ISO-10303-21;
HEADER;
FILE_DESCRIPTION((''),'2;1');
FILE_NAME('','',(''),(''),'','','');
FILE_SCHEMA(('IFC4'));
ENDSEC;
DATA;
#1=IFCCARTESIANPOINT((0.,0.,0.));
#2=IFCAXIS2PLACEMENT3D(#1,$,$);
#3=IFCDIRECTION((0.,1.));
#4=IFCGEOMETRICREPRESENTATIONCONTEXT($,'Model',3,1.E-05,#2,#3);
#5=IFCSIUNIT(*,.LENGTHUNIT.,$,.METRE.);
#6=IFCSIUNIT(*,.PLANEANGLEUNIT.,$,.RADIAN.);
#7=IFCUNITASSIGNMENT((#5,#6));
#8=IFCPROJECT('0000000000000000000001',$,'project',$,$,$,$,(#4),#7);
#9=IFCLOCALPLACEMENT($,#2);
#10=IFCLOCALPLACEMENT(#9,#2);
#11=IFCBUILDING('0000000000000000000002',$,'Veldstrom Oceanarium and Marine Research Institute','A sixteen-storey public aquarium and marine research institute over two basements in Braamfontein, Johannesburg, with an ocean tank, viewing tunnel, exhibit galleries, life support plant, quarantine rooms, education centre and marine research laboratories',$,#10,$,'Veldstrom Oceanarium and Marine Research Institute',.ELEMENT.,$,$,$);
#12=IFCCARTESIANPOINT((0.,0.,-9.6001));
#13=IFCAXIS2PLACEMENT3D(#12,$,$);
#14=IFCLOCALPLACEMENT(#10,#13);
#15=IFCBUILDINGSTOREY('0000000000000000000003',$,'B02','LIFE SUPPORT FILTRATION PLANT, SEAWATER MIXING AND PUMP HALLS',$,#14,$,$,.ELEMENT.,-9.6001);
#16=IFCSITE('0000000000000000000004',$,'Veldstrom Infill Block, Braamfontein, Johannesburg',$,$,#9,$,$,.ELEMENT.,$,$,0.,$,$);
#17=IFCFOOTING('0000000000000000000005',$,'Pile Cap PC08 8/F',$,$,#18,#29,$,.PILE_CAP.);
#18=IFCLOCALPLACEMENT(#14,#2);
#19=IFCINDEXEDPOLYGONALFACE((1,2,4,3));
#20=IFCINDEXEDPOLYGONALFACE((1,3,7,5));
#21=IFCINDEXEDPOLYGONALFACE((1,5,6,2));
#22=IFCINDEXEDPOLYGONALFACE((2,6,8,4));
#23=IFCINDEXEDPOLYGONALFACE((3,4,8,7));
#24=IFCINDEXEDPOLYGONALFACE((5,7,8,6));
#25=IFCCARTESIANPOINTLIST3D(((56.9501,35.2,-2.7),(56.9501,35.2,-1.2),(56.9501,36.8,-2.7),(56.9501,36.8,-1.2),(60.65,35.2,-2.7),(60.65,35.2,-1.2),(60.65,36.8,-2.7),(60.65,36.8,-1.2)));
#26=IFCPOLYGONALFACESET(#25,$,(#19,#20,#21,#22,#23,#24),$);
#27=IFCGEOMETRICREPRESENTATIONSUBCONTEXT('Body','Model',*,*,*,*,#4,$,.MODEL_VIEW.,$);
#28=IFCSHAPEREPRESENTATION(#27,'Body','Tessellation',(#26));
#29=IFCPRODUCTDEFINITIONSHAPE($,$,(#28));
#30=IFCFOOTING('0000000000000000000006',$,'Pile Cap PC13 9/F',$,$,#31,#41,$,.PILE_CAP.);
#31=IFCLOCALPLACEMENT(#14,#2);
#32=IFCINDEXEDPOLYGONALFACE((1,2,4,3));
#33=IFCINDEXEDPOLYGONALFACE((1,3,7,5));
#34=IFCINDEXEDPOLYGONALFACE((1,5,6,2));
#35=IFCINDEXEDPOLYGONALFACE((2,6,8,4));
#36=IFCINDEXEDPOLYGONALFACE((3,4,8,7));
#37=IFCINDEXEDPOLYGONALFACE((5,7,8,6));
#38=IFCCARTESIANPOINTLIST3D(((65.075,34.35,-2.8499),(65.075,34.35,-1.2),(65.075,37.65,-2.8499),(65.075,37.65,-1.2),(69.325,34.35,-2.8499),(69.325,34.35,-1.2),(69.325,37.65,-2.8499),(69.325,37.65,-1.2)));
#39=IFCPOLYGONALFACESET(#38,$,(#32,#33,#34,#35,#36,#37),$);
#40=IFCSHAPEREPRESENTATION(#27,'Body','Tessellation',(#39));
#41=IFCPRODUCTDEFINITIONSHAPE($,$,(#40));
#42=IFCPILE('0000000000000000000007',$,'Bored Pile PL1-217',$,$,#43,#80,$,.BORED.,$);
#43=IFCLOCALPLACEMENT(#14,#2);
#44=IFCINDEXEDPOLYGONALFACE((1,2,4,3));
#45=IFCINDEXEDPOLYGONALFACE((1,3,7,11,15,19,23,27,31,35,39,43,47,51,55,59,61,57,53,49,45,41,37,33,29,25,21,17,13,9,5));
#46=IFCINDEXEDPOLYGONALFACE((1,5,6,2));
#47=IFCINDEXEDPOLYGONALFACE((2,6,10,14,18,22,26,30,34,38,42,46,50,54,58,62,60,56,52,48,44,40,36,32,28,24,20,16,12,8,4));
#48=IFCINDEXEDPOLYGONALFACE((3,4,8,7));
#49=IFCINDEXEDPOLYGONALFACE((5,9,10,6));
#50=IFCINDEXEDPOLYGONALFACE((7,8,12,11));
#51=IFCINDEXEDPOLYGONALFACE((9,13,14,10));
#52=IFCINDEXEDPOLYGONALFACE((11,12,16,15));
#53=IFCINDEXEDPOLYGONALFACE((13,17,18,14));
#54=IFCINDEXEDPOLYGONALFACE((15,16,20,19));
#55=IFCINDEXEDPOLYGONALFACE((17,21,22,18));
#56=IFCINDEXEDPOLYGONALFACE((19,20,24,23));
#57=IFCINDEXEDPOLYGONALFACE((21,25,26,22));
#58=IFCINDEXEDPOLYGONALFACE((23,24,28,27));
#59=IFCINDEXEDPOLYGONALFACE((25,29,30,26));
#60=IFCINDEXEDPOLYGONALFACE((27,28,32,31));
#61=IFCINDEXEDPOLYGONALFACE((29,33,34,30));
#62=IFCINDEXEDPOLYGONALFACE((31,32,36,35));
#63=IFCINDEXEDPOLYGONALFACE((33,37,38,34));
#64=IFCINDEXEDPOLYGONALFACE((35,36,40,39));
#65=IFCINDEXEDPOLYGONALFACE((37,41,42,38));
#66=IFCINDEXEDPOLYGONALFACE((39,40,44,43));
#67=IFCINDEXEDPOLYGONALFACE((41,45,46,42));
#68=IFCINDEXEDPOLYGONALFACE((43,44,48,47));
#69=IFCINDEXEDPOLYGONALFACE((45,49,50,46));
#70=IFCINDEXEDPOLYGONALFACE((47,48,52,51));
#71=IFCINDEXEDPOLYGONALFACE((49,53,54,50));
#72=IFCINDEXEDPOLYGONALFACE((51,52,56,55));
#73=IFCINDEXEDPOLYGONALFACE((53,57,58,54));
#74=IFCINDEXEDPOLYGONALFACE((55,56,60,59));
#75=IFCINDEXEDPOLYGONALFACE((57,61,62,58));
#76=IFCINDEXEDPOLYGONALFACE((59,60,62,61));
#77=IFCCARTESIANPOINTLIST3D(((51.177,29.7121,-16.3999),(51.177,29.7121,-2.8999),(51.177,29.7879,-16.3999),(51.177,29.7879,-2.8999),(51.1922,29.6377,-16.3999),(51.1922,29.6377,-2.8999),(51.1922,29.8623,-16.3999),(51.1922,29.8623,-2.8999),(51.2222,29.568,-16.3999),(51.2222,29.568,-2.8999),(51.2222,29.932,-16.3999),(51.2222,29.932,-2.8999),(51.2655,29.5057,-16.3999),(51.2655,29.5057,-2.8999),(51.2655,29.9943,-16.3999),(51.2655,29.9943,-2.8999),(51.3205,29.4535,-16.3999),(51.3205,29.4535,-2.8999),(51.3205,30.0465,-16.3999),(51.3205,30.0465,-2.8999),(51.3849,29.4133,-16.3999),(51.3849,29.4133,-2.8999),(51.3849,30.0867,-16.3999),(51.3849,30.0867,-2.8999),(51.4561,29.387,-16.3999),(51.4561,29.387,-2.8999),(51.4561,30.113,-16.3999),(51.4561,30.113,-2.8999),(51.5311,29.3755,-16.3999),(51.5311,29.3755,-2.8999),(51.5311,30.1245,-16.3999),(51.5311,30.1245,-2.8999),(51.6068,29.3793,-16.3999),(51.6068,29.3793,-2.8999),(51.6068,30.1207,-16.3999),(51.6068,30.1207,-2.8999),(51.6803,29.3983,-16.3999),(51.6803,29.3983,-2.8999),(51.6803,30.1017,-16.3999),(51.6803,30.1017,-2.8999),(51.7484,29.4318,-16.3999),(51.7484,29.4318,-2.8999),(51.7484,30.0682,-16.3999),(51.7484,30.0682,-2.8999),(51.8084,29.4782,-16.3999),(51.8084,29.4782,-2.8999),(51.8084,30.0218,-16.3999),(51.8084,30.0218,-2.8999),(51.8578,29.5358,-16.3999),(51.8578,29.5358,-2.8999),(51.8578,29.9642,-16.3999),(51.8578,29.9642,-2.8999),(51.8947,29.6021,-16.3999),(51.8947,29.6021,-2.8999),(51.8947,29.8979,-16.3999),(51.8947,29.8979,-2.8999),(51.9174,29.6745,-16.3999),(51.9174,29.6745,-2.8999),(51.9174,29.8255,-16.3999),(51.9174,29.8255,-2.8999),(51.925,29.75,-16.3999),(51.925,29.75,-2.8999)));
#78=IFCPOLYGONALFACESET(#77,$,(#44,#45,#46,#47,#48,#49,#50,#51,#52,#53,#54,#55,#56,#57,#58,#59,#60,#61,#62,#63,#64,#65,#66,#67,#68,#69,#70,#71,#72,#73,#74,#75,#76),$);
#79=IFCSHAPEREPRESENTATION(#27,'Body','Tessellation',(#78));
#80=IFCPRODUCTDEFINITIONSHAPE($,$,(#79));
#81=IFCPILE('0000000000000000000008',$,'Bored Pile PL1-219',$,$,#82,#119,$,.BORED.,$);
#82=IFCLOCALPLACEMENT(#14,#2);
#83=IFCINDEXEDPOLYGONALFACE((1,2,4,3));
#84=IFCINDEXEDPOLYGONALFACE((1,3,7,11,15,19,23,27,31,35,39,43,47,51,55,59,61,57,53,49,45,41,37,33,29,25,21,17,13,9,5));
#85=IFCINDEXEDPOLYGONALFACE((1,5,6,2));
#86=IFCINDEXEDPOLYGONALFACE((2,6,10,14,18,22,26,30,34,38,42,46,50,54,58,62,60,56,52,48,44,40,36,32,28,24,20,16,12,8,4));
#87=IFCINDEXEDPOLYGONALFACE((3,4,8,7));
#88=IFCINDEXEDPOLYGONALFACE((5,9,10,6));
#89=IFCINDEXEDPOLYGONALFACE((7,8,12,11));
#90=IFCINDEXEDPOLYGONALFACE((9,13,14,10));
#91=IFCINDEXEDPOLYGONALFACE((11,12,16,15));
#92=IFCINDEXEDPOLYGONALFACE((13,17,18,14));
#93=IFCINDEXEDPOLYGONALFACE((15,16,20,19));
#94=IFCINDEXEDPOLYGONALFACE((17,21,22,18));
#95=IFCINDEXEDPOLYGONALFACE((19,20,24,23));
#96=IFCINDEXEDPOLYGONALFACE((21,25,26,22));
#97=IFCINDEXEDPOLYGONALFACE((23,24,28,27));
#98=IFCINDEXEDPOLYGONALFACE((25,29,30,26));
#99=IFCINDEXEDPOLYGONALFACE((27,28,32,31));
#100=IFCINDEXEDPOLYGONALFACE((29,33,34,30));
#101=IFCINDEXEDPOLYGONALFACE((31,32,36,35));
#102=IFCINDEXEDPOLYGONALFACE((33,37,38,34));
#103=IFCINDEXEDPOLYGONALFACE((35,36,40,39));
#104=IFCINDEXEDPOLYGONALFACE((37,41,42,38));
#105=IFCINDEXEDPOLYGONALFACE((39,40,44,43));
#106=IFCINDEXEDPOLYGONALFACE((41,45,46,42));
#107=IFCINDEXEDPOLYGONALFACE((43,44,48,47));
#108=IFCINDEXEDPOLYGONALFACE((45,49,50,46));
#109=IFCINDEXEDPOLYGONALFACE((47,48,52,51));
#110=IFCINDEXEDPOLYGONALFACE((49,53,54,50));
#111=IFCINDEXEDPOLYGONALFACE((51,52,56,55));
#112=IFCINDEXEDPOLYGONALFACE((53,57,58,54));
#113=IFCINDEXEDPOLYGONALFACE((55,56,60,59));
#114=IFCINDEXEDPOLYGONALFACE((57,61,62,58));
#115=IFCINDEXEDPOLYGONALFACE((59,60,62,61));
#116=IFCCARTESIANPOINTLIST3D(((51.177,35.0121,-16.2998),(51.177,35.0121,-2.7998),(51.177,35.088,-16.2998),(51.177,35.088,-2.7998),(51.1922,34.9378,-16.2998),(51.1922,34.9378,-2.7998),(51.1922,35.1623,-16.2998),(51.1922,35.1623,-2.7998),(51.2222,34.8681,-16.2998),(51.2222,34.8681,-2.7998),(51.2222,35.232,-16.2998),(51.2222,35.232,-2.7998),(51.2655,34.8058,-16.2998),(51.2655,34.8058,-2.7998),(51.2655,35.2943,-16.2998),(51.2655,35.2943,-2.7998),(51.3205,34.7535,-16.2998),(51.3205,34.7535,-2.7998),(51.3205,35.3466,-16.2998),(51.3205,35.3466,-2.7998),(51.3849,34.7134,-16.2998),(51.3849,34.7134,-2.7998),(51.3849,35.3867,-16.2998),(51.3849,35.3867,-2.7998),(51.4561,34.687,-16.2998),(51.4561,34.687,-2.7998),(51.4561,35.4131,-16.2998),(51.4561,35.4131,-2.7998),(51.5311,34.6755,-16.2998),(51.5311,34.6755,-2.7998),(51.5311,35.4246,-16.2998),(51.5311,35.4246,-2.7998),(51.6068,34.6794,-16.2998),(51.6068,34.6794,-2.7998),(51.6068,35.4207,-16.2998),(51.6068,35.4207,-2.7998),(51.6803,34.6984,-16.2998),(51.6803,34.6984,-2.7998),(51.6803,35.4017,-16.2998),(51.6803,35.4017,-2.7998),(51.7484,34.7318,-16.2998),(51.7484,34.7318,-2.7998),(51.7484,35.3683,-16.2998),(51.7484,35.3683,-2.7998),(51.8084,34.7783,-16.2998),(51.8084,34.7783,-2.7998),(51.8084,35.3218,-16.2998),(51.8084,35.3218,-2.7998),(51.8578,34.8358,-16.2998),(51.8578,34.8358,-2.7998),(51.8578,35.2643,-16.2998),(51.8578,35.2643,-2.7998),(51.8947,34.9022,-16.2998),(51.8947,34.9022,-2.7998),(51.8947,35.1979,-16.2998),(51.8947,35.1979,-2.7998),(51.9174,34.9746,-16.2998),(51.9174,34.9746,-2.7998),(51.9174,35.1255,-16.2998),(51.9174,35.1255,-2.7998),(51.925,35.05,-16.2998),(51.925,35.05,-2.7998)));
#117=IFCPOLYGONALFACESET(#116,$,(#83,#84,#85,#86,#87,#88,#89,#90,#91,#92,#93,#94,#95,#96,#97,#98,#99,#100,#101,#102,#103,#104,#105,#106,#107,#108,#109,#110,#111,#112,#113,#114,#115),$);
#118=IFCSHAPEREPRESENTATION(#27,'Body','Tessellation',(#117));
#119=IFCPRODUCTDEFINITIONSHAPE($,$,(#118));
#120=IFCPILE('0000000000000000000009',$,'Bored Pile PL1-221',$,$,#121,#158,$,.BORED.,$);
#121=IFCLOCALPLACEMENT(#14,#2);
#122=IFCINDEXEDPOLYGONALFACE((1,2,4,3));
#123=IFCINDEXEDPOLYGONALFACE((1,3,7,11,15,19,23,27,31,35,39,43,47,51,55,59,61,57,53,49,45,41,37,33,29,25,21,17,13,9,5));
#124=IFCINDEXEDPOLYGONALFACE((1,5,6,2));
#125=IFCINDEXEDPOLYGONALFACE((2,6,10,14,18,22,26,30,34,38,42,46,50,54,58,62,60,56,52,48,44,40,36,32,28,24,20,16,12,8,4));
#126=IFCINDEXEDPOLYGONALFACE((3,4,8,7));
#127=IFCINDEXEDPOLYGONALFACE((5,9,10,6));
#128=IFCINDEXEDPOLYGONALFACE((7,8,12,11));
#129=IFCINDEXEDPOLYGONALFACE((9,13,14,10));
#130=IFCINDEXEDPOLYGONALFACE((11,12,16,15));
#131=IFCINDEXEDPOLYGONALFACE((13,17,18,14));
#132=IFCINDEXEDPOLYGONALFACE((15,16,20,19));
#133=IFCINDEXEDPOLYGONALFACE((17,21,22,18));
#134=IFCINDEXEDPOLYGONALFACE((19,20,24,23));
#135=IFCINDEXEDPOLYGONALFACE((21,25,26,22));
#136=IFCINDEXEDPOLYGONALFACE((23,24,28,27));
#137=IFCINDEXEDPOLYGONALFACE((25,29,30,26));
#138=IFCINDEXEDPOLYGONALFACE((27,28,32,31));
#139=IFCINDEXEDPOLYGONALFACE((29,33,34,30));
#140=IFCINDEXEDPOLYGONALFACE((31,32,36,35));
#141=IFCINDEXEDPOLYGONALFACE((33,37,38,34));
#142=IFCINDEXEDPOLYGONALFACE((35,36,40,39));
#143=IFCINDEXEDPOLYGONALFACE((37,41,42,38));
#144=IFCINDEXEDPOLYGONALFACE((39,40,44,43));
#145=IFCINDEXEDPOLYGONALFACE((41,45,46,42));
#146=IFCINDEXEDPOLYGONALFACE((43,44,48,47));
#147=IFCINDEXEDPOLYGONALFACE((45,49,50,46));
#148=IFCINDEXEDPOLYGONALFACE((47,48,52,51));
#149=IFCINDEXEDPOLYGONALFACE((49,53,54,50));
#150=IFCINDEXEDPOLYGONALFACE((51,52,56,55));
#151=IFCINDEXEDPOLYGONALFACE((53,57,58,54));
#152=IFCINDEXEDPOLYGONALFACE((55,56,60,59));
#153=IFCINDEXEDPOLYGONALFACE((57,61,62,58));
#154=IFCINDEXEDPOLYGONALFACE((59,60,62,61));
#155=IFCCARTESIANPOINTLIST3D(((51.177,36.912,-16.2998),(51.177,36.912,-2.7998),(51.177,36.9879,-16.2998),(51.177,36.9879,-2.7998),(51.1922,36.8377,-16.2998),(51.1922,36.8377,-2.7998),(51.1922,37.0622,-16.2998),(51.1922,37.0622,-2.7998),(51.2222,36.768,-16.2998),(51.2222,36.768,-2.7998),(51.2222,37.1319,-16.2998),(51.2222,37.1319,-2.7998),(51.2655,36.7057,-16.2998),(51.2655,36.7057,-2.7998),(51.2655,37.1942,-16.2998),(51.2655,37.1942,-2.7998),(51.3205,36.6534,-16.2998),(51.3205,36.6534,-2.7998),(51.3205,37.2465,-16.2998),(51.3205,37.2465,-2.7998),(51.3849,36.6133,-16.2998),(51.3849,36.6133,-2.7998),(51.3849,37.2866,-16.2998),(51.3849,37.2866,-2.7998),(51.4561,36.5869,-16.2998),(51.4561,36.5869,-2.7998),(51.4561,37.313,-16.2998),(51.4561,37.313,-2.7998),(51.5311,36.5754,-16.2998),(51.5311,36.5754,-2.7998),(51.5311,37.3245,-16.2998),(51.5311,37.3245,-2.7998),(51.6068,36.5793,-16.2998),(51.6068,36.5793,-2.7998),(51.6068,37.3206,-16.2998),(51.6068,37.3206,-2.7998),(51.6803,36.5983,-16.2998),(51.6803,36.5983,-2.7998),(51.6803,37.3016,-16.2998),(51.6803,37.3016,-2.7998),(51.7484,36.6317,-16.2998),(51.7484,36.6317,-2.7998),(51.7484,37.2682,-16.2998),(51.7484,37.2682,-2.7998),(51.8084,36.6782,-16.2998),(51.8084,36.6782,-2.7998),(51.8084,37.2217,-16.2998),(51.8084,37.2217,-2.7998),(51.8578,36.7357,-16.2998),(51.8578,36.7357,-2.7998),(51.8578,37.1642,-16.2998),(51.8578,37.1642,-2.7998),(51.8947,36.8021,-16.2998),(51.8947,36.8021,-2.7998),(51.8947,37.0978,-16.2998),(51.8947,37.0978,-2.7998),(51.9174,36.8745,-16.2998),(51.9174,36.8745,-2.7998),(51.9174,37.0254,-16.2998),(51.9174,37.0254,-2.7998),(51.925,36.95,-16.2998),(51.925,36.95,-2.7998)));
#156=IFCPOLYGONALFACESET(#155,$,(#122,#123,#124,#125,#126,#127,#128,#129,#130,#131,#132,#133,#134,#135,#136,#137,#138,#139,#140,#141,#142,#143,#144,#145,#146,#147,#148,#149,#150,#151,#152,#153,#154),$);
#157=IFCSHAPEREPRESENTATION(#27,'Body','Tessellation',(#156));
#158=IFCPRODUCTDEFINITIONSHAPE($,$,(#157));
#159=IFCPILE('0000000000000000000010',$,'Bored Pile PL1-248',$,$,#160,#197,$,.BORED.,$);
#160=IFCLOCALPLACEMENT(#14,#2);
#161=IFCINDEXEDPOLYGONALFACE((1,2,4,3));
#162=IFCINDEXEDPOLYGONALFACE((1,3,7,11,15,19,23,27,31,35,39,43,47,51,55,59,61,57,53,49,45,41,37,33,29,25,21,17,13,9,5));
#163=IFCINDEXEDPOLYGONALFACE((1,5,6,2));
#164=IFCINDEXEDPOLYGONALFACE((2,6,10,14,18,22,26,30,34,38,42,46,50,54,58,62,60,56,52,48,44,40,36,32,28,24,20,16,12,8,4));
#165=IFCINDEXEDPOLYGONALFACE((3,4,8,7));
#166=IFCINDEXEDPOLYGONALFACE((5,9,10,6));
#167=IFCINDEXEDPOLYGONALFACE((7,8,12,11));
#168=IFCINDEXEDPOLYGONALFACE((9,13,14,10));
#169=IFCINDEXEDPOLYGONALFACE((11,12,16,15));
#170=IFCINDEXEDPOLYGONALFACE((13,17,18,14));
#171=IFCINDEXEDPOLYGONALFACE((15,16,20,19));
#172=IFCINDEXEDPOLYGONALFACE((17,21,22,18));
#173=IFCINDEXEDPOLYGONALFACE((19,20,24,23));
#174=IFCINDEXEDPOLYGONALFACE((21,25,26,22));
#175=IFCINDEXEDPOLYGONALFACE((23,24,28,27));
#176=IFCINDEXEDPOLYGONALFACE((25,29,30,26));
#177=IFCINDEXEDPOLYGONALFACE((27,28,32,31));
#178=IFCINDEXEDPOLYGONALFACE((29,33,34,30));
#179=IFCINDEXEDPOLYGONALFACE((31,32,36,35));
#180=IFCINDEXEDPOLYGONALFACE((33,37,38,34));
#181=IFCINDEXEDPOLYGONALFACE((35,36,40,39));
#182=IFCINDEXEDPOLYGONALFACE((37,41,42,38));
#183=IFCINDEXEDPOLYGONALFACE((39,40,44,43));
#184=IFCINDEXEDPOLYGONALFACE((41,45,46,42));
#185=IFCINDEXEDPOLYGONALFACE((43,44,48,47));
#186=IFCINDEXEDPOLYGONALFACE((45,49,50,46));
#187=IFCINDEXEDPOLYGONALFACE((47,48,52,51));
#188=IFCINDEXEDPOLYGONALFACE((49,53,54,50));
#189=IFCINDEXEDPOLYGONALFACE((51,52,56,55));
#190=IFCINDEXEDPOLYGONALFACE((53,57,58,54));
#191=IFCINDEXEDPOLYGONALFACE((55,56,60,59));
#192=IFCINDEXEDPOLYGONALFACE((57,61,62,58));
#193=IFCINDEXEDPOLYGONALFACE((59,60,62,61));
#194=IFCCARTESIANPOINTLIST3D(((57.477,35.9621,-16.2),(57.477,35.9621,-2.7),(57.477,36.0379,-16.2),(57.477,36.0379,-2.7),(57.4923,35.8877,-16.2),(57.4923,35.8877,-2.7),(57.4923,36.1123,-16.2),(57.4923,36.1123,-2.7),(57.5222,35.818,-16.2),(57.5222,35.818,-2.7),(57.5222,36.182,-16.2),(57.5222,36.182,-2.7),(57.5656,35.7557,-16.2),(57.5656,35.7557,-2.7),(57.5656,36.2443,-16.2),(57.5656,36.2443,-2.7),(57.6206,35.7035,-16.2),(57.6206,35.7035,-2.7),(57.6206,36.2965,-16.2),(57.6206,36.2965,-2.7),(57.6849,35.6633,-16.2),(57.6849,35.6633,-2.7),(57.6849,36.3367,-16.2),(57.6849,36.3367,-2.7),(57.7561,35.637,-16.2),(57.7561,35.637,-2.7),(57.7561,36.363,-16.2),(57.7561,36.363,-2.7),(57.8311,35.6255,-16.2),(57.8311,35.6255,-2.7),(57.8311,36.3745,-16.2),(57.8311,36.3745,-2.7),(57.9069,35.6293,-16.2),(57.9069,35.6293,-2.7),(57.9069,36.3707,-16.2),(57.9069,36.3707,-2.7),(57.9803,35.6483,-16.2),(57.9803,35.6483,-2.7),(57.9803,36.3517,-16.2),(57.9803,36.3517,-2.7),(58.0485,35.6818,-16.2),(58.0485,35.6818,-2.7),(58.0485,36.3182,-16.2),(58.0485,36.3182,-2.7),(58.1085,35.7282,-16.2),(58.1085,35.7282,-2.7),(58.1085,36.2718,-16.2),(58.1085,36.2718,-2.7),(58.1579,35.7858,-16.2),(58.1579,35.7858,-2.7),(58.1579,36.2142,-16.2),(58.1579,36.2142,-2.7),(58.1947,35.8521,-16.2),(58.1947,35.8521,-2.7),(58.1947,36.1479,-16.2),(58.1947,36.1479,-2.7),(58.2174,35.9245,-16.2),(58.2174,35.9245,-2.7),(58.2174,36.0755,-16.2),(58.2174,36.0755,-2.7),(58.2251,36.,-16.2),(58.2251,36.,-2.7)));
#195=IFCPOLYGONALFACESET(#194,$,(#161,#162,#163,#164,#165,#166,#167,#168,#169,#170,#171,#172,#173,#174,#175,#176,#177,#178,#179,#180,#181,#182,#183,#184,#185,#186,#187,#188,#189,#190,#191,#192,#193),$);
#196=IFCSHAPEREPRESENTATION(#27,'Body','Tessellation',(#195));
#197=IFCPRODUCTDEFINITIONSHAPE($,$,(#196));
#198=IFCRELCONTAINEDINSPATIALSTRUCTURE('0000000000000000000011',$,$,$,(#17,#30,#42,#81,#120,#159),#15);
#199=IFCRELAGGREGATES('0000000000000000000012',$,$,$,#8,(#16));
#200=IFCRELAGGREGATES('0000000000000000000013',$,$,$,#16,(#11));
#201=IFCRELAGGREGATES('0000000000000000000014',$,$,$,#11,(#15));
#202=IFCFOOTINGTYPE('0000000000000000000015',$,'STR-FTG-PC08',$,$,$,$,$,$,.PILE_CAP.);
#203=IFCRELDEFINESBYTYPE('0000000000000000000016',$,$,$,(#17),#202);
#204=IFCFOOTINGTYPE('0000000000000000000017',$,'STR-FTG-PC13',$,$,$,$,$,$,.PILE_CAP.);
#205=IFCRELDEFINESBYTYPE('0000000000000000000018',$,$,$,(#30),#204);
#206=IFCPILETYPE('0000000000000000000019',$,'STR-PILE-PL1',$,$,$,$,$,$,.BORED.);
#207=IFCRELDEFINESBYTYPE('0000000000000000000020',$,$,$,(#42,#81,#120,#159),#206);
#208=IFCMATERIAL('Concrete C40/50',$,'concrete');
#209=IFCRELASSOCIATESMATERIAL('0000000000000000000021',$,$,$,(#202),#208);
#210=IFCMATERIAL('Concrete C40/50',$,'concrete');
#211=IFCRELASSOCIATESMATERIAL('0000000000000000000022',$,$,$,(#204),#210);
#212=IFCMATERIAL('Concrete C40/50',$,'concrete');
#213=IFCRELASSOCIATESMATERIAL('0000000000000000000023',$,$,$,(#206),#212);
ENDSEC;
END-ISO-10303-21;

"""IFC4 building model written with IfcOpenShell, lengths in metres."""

from ifc_helpers import new_model, si_unit, direction, frame, origin, origin_2d, place, context, subcontext, project, spatial, rectangle, circle, extrude, material, material_profile, profile_set, type_object, element, save


model = new_model("IFC4")

# Units and contexts
model_context = context("Model", 3, precision=1e-05, world=origin(), true_north=direction((0.0, 1.0)))
body_context = subcontext(model_context, "Body", "Model", "MODEL_VIEW")
ifc_project = project(units=[si_unit("LENGTHUNIT", "METRE"), si_unit("PLANEANGLEUNIT", "RADIAN")], contexts=[model_context])

# Site, building, storey
site_placement = place(None, origin())
site = spatial("IfcSite", under=ifc_project, at=site_placement, Name="Veldstrom Infill Block, Braamfontein, Johannesburg", CompositionType="ELEMENT", RefElevation=0.0)
building_placement = place(site_placement, origin())
building = spatial("IfcBuilding", under=site, at=building_placement, Name="Veldstrom Oceanarium and Marine Research Institute", Description="A sixteen-storey public aquarium and marine research institute over two basements in Braamfontein, Johannesburg, with an ocean tank, viewing tunnel, exhibit galleries, life support plant, quarantine rooms, education centre and marine research laboratories", LongName="Veldstrom Oceanarium and Marine Research Institute", CompositionType="ELEMENT")
storey_placement = place(building_placement, frame((0.0, 0.0, -9.6001)))
storey = spatial("IfcBuildingStorey", under=building, at=storey_placement, Name="B02", Description="LIFE SUPPORT FILTRATION PLANT, SEAWATER MIXING AND PUMP HALLS", CompositionType="ELEMENT", Elevation=-9.6001)

# Footings
ifc_material_1 = material(Name="Concrete C40/50", Category="concrete")
footing_type_1 = type_object("IfcFootingType", Name="STR-FTG-PC08", PredefinedType="PILE_CAP", material=ifc_material_1)
footing_1_placement = place(storey_placement, frame((58.8, 36.0, -2.7), z_axis=(0.0, 0.0, 1.0), x_axis=(1.0, 0.0, 0.0)))
element("IfcFooting", 1, at=footing_1_placement, inside=storey, type_object=footing_type_1, Name="Pile Cap PC08 8/F", PredefinedType="PILE_CAP", context=body_context, shape_type="SweptSolid", body=[
    extrude(rectangle(XDim=3.7, YDim=1.6001, at=origin_2d()), origin(), (0.0, 0.0, 1.0), 1.5),
])
ifc_material_2 = material(Name="Concrete C40/50", Category="concrete")
footing_type_2 = type_object("IfcFootingType", Name="STR-FTG-PC13", PredefinedType="PILE_CAP", material=ifc_material_2)
footing_2_placement = place(storey_placement, frame((67.2, 36.0, -2.8499), z_axis=(0.0, 0.0, 1.0), x_axis=(1.0, 0.0, 0.0)))
element("IfcFooting", 2, at=footing_2_placement, inside=storey, type_object=footing_type_2, Name="Pile Cap PC13 9/F", PredefinedType="PILE_CAP", context=body_context, shape_type="SweptSolid", body=[
    extrude(rectangle(XDim=4.25, YDim=3.3, at=origin_2d()), origin(), (0.0, 0.0, 1.0), 1.6499),
])

# Piles
ifc_material_3 = material(Name="Concrete C40/50", Category="concrete")
ifc_material_profile_1 = material_profile(ifc_material_3, circle(Radius=0.375, at=origin_2d()), Name="PILE-D750")
ifc_profile_set_1 = profile_set([ifc_material_profile_1], Name="Concrete C40/50")
pile_type = type_object("IfcPileType", Name="STR-PILE-PL1", PredefinedType="BORED", material=ifc_profile_set_1)
for number, where, z_axis, x_axis, name in (
    (3, (51.55, 29.75, -2.8999), (0.0, 0.0, -1.0), (1.0, 0.0, 0.0), "Bored Pile PL1-217"),
    (4, (51.55, 35.05, -2.7998), (0.0, 0.0, -1.0), (1.0, 0.0, 0.0), "Bored Pile PL1-219"),
    (5, (51.55, 36.95, -2.7998), (0.0, 0.0, -1.0), (1.0, 0.0, 0.0), "Bored Pile PL1-221"),
    (6, (57.8501, 36.0, -2.7), (0.0, 0.0, -1.0), (1.0, 0.0, 0.0), "Bored Pile PL1-248"),
):
    element("IfcPile", number, at=place(storey_placement, frame(where, z_axis=z_axis, x_axis=x_axis)), inside=storey, type_object=pile_type, Name=name, PredefinedType="BORED", context=body_context, shape_type="SweptSolid", body=[
        extrude(circle(Radius=0.375, at=origin_2d()), origin(), (0.0, 0.0, 1.0), 13.5),
    ])

save(model, "model.ifc")
